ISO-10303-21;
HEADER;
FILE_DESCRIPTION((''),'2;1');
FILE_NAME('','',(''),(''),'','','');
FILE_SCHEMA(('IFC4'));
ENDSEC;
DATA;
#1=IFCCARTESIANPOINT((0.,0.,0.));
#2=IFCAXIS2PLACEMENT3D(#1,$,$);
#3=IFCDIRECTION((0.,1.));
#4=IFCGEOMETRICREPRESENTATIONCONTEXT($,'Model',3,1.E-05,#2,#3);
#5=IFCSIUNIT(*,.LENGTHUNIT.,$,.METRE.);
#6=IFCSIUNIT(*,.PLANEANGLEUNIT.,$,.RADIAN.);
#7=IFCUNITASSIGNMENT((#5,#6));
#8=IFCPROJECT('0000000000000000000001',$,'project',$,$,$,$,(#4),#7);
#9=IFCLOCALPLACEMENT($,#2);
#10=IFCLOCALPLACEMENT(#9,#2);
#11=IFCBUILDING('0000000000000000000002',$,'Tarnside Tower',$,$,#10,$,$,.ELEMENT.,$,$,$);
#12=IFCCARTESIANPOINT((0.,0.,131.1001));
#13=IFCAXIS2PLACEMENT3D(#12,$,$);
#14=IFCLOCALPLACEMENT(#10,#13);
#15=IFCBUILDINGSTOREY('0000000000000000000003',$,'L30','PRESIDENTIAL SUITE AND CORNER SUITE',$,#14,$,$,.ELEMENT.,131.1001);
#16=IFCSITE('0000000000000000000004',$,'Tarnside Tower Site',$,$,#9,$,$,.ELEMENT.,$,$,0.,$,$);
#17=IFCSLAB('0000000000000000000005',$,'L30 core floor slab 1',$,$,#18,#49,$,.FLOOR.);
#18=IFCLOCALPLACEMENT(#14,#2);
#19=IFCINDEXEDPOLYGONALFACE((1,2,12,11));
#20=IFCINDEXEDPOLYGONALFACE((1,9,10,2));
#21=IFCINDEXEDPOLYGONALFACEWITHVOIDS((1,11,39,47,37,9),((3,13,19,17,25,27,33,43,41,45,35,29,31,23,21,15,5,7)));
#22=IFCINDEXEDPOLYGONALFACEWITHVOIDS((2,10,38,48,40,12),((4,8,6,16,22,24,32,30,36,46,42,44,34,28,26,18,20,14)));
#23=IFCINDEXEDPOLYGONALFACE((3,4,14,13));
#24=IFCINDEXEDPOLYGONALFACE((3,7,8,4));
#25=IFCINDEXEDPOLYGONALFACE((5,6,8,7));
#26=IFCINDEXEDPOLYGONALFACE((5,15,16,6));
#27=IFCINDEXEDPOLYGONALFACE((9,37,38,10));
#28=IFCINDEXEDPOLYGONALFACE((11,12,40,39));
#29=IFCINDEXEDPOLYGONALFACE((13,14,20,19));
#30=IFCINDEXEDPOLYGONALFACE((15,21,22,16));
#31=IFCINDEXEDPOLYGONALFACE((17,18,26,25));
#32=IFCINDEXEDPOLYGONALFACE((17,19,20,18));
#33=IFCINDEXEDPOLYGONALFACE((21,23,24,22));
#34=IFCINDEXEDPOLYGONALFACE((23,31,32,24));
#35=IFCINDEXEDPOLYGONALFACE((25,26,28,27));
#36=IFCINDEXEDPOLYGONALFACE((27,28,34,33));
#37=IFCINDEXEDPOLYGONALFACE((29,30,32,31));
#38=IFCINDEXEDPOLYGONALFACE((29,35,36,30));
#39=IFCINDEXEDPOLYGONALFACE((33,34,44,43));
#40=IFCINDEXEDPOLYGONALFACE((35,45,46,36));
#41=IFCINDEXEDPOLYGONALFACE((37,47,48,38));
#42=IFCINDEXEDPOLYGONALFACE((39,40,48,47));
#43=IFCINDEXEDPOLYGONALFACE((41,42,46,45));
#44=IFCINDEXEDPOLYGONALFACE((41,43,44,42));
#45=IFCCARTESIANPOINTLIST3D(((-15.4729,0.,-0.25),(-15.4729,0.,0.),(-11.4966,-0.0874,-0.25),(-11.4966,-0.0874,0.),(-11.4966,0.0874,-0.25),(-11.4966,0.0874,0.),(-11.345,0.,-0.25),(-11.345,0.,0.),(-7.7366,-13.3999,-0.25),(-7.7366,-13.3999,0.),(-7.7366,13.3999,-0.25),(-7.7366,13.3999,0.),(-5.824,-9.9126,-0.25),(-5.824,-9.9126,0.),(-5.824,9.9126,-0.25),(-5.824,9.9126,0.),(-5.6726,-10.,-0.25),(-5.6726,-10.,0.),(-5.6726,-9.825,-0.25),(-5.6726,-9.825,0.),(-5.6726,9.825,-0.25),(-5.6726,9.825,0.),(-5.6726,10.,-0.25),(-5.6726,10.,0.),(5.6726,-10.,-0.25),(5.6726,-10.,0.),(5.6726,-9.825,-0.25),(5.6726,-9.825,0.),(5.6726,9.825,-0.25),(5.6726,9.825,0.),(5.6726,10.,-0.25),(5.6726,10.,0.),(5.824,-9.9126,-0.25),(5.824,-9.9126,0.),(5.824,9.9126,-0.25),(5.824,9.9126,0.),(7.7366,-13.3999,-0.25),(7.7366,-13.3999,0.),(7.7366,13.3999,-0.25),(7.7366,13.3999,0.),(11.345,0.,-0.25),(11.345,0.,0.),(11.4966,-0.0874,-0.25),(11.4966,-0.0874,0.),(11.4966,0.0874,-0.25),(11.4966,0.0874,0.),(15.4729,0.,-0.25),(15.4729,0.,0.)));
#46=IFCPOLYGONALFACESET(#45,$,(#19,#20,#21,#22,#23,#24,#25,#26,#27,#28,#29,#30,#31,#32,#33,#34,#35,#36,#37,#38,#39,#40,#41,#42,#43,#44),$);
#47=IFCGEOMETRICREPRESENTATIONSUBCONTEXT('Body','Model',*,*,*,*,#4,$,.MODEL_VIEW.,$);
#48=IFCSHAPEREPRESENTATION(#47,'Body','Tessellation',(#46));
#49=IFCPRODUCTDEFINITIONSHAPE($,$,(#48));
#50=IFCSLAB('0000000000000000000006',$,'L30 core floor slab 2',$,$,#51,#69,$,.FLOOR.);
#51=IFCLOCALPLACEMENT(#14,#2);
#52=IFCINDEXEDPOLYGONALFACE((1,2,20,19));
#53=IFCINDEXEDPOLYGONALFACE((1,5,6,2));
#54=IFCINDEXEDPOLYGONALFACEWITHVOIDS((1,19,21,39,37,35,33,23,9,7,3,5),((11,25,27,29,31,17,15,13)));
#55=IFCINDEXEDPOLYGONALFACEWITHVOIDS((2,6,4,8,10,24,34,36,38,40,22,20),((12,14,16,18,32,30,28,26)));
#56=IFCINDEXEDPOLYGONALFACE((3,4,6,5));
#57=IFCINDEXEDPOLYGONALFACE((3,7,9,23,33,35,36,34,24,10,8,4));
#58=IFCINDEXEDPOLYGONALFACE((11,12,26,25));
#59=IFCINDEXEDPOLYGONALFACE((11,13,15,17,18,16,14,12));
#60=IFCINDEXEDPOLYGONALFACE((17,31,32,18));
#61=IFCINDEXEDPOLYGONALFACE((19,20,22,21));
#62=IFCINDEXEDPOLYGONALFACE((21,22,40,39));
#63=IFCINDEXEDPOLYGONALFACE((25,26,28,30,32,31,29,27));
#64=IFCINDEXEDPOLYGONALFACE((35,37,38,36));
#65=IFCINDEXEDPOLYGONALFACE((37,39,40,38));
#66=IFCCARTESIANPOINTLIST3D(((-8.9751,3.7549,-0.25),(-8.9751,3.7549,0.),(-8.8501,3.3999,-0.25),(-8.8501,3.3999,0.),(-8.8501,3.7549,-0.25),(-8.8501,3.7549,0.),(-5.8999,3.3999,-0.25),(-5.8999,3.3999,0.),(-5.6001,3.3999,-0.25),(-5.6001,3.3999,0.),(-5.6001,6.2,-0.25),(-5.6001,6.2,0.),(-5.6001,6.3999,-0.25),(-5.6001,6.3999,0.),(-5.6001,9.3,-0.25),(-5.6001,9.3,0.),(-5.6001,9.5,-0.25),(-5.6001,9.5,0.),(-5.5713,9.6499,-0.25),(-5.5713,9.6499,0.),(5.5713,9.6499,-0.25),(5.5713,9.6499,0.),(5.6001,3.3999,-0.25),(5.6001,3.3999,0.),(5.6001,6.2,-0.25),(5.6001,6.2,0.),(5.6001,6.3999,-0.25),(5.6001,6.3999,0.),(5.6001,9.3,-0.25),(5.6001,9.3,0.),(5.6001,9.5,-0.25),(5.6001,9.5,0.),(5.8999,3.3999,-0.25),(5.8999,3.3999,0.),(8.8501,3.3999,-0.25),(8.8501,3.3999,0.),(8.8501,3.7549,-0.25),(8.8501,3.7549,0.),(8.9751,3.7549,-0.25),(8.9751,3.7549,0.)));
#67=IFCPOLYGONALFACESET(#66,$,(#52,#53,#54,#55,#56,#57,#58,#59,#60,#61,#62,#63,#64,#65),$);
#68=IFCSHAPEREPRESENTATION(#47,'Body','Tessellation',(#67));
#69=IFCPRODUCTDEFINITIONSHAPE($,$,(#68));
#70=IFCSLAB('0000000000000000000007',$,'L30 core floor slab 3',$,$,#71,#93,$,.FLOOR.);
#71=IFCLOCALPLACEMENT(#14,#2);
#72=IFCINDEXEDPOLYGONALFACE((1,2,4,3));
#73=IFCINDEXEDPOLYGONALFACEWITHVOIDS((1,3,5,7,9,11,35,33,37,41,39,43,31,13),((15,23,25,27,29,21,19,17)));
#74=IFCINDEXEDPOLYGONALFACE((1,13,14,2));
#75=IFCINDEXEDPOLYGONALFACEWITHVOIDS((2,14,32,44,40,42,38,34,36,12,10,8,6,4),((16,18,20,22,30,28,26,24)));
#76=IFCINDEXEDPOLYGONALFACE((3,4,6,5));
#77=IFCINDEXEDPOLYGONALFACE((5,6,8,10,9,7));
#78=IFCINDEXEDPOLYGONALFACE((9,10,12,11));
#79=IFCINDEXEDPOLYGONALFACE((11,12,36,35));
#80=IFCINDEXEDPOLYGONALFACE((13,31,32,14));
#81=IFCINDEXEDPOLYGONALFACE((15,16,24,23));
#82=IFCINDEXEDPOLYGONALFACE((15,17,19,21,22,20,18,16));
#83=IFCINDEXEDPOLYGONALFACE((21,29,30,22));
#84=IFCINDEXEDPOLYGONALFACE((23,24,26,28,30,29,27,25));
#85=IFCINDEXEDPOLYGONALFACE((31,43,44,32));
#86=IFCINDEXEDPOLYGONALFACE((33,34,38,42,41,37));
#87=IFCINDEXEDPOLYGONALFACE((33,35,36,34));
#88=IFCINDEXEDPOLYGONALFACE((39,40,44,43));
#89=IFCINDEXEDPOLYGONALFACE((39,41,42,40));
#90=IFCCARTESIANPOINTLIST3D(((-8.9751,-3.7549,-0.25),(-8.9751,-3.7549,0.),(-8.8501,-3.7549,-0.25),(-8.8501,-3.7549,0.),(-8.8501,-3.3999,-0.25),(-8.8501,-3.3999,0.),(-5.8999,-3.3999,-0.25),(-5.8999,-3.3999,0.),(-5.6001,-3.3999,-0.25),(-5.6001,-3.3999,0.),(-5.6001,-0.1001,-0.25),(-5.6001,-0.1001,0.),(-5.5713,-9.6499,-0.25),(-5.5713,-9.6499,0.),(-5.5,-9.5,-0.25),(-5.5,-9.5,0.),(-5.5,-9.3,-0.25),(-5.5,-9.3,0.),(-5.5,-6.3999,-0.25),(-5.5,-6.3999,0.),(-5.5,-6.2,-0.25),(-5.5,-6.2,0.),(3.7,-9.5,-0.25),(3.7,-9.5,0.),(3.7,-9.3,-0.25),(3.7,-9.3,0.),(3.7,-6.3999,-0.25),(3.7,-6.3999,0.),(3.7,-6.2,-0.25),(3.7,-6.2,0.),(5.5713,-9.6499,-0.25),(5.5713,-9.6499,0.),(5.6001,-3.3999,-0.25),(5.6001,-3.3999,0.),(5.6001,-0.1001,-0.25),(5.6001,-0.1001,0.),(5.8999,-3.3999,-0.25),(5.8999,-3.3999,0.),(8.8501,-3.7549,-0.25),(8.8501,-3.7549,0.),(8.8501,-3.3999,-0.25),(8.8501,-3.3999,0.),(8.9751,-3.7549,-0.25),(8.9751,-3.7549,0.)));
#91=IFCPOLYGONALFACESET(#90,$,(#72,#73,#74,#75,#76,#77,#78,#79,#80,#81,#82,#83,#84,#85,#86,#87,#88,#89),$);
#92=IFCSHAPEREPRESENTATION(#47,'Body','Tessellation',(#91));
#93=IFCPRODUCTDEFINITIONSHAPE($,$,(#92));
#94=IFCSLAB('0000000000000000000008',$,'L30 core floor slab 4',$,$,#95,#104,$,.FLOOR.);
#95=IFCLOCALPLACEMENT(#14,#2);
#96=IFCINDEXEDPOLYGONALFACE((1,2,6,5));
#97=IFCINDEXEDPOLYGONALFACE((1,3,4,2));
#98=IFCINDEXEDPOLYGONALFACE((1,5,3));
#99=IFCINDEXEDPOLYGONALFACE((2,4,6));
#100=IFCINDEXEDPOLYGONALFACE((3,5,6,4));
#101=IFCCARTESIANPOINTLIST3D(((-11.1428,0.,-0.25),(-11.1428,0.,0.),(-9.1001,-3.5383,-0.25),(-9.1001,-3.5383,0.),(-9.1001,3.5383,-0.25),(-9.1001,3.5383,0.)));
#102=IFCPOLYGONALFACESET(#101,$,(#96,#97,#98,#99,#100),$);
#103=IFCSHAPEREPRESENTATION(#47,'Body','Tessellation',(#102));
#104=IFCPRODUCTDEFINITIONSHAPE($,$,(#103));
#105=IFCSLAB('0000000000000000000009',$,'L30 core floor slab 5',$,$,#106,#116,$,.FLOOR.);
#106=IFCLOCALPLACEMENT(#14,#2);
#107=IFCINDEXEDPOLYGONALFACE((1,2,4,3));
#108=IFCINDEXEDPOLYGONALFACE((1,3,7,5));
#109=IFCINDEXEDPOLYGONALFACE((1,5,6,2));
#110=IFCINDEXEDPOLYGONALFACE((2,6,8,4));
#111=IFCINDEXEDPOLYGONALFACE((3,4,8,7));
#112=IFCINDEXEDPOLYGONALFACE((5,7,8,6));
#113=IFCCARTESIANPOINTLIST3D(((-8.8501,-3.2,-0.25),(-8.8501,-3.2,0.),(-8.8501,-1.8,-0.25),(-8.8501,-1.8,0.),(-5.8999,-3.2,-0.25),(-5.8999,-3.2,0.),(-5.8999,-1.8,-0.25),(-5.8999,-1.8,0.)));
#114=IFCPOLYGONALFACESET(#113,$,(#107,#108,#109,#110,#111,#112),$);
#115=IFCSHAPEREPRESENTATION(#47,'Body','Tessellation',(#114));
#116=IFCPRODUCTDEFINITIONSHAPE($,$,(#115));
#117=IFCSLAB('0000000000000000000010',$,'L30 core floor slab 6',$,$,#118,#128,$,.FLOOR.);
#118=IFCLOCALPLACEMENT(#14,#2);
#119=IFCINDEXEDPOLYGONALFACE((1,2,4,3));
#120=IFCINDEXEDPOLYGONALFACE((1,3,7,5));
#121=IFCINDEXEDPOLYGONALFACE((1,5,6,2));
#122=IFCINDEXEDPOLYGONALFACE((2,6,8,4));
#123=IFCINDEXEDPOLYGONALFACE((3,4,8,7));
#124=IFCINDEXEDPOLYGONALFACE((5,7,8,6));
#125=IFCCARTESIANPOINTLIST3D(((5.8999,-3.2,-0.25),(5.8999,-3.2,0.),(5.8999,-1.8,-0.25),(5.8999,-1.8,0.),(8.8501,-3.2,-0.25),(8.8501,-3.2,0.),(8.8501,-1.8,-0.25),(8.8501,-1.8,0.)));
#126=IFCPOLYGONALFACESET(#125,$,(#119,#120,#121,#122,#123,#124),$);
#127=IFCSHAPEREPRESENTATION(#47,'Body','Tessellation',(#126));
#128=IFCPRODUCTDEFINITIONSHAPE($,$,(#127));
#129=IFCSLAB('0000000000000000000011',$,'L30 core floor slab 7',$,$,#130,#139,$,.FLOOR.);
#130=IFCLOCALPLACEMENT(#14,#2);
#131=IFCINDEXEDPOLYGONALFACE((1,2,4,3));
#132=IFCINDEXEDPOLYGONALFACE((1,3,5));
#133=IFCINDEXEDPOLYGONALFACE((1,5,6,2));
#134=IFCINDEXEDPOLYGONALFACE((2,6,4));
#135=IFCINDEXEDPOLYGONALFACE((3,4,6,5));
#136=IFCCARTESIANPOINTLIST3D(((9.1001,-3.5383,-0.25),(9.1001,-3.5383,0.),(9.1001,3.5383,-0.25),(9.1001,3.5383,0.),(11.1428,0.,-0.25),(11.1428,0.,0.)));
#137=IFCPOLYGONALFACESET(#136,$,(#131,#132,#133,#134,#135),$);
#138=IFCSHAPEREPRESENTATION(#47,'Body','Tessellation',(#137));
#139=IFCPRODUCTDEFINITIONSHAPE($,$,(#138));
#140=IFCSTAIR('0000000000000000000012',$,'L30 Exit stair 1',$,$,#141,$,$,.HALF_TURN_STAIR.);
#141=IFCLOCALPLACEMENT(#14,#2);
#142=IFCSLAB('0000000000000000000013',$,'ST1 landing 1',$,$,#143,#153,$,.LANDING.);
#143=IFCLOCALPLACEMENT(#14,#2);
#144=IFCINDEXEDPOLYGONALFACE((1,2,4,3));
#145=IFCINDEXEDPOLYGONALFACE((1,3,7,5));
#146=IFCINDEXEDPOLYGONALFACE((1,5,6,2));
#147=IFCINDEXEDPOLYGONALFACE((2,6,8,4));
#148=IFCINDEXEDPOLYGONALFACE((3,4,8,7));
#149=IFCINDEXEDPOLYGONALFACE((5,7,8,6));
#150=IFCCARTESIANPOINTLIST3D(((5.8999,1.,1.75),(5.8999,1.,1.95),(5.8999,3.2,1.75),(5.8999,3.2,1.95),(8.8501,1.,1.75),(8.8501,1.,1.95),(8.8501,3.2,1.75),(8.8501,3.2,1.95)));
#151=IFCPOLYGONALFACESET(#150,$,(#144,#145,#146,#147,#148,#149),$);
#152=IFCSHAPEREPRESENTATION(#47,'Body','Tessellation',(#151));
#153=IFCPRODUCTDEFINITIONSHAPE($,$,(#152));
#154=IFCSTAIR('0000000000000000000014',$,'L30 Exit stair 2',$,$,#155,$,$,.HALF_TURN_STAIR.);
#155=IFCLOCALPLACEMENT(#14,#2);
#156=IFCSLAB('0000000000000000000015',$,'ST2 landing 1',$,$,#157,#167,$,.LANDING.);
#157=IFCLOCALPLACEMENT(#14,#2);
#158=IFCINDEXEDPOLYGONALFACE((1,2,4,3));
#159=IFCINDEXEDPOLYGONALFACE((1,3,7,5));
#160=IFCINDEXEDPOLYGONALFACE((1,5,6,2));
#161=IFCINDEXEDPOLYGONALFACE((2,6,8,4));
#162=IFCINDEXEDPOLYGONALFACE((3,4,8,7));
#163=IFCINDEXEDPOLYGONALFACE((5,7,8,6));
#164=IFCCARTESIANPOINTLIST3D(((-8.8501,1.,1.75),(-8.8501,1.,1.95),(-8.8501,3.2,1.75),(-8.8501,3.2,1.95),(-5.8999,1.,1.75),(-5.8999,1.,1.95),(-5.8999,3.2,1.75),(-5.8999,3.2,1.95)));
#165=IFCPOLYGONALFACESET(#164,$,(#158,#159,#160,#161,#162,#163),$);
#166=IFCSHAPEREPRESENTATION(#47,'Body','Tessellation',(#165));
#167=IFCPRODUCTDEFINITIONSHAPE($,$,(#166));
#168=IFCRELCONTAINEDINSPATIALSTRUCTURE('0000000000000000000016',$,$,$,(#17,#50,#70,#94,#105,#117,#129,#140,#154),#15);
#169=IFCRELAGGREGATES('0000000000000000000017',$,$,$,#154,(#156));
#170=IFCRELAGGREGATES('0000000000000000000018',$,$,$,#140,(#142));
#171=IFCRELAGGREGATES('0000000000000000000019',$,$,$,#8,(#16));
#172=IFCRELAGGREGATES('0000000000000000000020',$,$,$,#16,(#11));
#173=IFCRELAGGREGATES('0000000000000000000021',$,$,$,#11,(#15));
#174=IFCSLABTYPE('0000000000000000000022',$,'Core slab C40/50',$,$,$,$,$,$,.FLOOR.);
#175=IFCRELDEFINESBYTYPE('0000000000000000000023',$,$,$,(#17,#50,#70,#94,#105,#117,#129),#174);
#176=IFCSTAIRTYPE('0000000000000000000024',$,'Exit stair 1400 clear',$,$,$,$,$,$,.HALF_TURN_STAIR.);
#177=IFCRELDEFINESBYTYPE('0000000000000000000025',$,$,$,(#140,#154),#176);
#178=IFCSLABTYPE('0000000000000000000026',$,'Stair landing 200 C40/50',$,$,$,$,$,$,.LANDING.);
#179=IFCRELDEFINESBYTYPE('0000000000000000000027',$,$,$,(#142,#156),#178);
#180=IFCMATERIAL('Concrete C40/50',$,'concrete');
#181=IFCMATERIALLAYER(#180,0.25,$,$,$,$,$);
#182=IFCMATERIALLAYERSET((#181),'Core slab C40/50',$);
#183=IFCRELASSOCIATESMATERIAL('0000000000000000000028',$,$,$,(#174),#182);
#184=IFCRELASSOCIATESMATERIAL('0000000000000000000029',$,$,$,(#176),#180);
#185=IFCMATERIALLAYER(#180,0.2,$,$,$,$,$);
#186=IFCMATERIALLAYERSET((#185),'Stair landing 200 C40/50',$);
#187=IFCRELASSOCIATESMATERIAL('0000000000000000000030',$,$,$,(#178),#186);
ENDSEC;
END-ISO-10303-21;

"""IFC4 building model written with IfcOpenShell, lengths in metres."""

from ifc_helpers import new_model, si_unit, direction, frame, origin, place, context, subcontext, project, spatial, polyline, outline, extrude, material, layer, layer_set, type_object, element, aggregate, save


model = new_model("IFC4")

# Units and contexts
model_context = context("Model", 3, precision=1e-05, world=origin(), true_north=direction((0.0, 1.0)))
body_context = subcontext(model_context, "Body", "Model", "MODEL_VIEW")
ifc_project = project(units=[si_unit("LENGTHUNIT", "METRE"), si_unit("PLANEANGLEUNIT", "RADIAN")], contexts=[model_context])

# Site, building, storey
site_placement = place(None, origin())
site = spatial("IfcSite", under=ifc_project, at=site_placement, Name="Tarnside Tower Site", CompositionType="ELEMENT", RefElevation=0.0)
building_placement = place(site_placement, origin())
building = spatial("IfcBuilding", under=site, at=building_placement, Name="Tarnside Tower", CompositionType="ELEMENT")
storey_placement = place(building_placement, frame((0.0, 0.0, 131.1001)))
storey = spatial("IfcBuildingStorey", under=building, at=storey_placement, Name="L30", Description="PRESIDENTIAL SUITE AND CORNER SUITE", CompositionType="ELEMENT", Elevation=131.1001)

# Slabs
ifc_material_1 = material(Name="Concrete C40/50", Category="concrete")
ifc_layer_1 = layer(ifc_material_1, 0.25)
ifc_layer_set_1 = layer_set([ifc_layer_1], Name="Core slab C40/50")
slab_type_1 = type_object("IfcSlabType", Name="Core slab C40/50", PredefinedType="FLOOR", material=ifc_layer_set_1)
slab_1_placement = place(storey_placement, frame((0.0, 0.0, -0.25)))
element("IfcSlab", 1, at=slab_1_placement, inside=storey, type_object=slab_type_1, Name="L30 core floor slab 1", PredefinedType="FLOOR", context=body_context, shape_type="SweptSolid", body=[
    extrude(outline(polyline([(-15.4729, 0.0), (-7.7366, 13.3999), (7.7366, 13.3999), (15.4729, 0.0), (7.7366, -13.3999), (-7.7366, -13.3999), (-15.4729, 0.0)]), holes=[polyline([(5.824, -9.9126), (11.4966, -0.0874), (11.345, 0.0), (11.4966, 0.0874), (5.824, 9.9126), (5.6726, 9.825), (5.6726, 10.0), (-5.6726, 10.0), (-5.6726, 9.825), (-5.824, 9.9126), (-11.4966, 0.0874), (-11.345, 0.0), (-11.4966, -0.0874), (-5.824, -9.9126), (-5.6726, -9.825), (-5.6726, -10.0), (5.6726, -10.0), (5.6726, -9.825), (5.824, -9.9126)])]), origin(), (0.0, 0.0, 1.0), 0.25),
])
slab_2_placement = place(storey_placement, frame((0.0, 0.0, -0.25)))
element("IfcSlab", 2, at=slab_2_placement, inside=storey, type_object=slab_type_1, Name="L30 core floor slab 2", PredefinedType="FLOOR", context=body_context, shape_type="SweptSolid", body=[
    extrude(outline(polyline([(-8.9751, 3.7549), (-5.5713, 9.6499), (5.5713, 9.6499), (8.9751, 3.7549), (8.8501, 3.7549), (8.8501, 3.3999), (5.8999, 3.3999), (5.6001, 3.3999), (5.6001, 3.3999), (-5.6001, 3.3999), (-5.8999, 3.3999), (-8.8501, 3.3999), (-8.8501, 3.7549), (-8.9751, 3.7549)]), holes=[polyline([(-5.6001, 6.2), (5.6001, 6.2), (5.6001, 6.3999), (5.6001, 9.3), (5.6001, 9.5), (-5.6001, 9.5), (-5.6001, 9.3), (-5.6001, 6.3999), (-5.6001, 6.2)])]), origin(), (0.0, 0.0, 1.0), 0.25),
])
slab_3_placement = place(storey_placement, frame((0.0, 0.0, -0.25)))
element("IfcSlab", 3, at=slab_3_placement, inside=storey, type_object=slab_type_1, Name="L30 core floor slab 3", PredefinedType="FLOOR", context=body_context, shape_type="SweptSolid", body=[
    extrude(outline(polyline([(5.6001, -3.3999), (5.8999, -3.3999), (8.8501, -3.3999), (8.8501, -3.7549), (8.9751, -3.7549), (5.5713, -9.6499), (-5.5713, -9.6499), (-8.9751, -3.7549), (-8.8501, -3.7549), (-8.8501, -3.3999), (-5.8999, -3.3999), (-5.6001, -3.3999), (-5.6001, -0.1001), (5.6001, -0.1001), (5.6001, -3.3999)]), holes=[polyline([(-5.5, -9.3), (-5.5, -9.5), (3.7, -9.5), (3.7, -9.3), (3.7, -6.3999), (3.7, -6.2), (-5.5, -6.2), (-5.5, -6.3999), (-5.5, -9.3)])]), origin(), (0.0, 0.0, 1.0), 0.25),
])
slab_4_placement = place(storey_placement, frame((0.0, 0.0, -0.25)))
element("IfcSlab", 4, at=slab_4_placement, inside=storey, type_object=slab_type_1, Name="L30 core floor slab 4", PredefinedType="FLOOR", context=body_context, shape_type="SweptSolid", body=[
    extrude(outline(polyline([(-11.1428, 0.0), (-9.1001, 3.5383), (-9.1001, -3.5383), (-11.1428, 0.0)])), origin(), (0.0, 0.0, 1.0), 0.25),
])
slab_5_placement = place(storey_placement, frame((0.0, 0.0, -0.25)))
element("IfcSlab", 5, at=slab_5_placement, inside=storey, type_object=slab_type_1, Name="L30 core floor slab 5", PredefinedType="FLOOR", context=body_context, shape_type="SweptSolid", body=[
    extrude(outline(polyline([(-8.8501, -1.8), (-5.8999, -1.8), (-5.8999, -3.2), (-8.8501, -3.2), (-8.8501, -1.8)])), origin(), (0.0, 0.0, 1.0), 0.25),
])
slab_6_placement = place(storey_placement, frame((0.0, 0.0, -0.25)))
element("IfcSlab", 6, at=slab_6_placement, inside=storey, type_object=slab_type_1, Name="L30 core floor slab 6", PredefinedType="FLOOR", context=body_context, shape_type="SweptSolid", body=[
    extrude(outline(polyline([(5.8999, -3.2), (5.8999, -1.8), (8.8501, -1.8), (8.8501, -3.2), (5.8999, -3.2)])), origin(), (0.0, 0.0, 1.0), 0.25),
])
slab_7_placement = place(storey_placement, frame((0.0, 0.0, -0.25)))
element("IfcSlab", 7, at=slab_7_placement, inside=storey, type_object=slab_type_1, Name="L30 core floor slab 7", PredefinedType="FLOOR", context=body_context, shape_type="SweptSolid", body=[
    extrude(outline(polyline([(9.1001, -3.5383), (9.1001, 3.5383), (11.1428, 0.0), (9.1001, -3.5383)])), origin(), (0.0, 0.0, 1.0), 0.25),
])

# Stairs, slabs
stair_type = type_object("IfcStairType", Name="Exit stair 1400 clear", PredefinedType="HALF_TURN_STAIR", material=ifc_material_1)
stair_1_placement = place(storey_placement, origin())
stair_1 = element("IfcStair", 8, at=stair_1_placement, inside=storey, type_object=stair_type, Name="L30 Exit stair 1", PredefinedType="HALF_TURN_STAIR")
ifc_layer_2 = layer(ifc_material_1, 0.2)
ifc_layer_set_2 = layer_set([ifc_layer_2], Name="Stair landing 200 C40/50")
slab_type_2 = type_object("IfcSlabType", Name="Stair landing 200 C40/50", PredefinedType="LANDING", material=ifc_layer_set_2)
slab_8_placement = place(storey_placement, frame((0.0, 0.0, 1.75)))
slab_8 = element("IfcSlab", 9, at=slab_8_placement, type_object=slab_type_2, Name="ST1 landing 1", PredefinedType="LANDING", context=body_context, shape_type="SweptSolid", body=[
    extrude(outline(polyline([(8.8501, 1.0), (8.8501, 3.2), (5.8999, 3.2), (5.8999, 1.0), (8.8501, 1.0)])), origin(), (0.0, 0.0, 1.0), 0.2),
])
stair_2_placement = place(storey_placement, origin())
stair_2 = element("IfcStair", 10, at=stair_2_placement, inside=storey, type_object=stair_type, Name="L30 Exit stair 2", PredefinedType="HALF_TURN_STAIR")
slab_9_placement = place(storey_placement, frame((0.0, 0.0, 1.75)))
slab_9 = element("IfcSlab", 11, at=slab_9_placement, type_object=slab_type_2, Name="ST2 landing 1", PredefinedType="LANDING", context=body_context, shape_type="SweptSolid", body=[
    extrude(outline(polyline([(-5.8999, 1.0), (-5.8999, 3.2), (-8.8501, 3.2), (-8.8501, 1.0), (-5.8999, 1.0)])), origin(), (0.0, 0.0, 1.0), 0.2),
])
aggregate(stair_2, [slab_9])

aggregate(stair_1, [slab_8])

save(model, "model.ifc")
